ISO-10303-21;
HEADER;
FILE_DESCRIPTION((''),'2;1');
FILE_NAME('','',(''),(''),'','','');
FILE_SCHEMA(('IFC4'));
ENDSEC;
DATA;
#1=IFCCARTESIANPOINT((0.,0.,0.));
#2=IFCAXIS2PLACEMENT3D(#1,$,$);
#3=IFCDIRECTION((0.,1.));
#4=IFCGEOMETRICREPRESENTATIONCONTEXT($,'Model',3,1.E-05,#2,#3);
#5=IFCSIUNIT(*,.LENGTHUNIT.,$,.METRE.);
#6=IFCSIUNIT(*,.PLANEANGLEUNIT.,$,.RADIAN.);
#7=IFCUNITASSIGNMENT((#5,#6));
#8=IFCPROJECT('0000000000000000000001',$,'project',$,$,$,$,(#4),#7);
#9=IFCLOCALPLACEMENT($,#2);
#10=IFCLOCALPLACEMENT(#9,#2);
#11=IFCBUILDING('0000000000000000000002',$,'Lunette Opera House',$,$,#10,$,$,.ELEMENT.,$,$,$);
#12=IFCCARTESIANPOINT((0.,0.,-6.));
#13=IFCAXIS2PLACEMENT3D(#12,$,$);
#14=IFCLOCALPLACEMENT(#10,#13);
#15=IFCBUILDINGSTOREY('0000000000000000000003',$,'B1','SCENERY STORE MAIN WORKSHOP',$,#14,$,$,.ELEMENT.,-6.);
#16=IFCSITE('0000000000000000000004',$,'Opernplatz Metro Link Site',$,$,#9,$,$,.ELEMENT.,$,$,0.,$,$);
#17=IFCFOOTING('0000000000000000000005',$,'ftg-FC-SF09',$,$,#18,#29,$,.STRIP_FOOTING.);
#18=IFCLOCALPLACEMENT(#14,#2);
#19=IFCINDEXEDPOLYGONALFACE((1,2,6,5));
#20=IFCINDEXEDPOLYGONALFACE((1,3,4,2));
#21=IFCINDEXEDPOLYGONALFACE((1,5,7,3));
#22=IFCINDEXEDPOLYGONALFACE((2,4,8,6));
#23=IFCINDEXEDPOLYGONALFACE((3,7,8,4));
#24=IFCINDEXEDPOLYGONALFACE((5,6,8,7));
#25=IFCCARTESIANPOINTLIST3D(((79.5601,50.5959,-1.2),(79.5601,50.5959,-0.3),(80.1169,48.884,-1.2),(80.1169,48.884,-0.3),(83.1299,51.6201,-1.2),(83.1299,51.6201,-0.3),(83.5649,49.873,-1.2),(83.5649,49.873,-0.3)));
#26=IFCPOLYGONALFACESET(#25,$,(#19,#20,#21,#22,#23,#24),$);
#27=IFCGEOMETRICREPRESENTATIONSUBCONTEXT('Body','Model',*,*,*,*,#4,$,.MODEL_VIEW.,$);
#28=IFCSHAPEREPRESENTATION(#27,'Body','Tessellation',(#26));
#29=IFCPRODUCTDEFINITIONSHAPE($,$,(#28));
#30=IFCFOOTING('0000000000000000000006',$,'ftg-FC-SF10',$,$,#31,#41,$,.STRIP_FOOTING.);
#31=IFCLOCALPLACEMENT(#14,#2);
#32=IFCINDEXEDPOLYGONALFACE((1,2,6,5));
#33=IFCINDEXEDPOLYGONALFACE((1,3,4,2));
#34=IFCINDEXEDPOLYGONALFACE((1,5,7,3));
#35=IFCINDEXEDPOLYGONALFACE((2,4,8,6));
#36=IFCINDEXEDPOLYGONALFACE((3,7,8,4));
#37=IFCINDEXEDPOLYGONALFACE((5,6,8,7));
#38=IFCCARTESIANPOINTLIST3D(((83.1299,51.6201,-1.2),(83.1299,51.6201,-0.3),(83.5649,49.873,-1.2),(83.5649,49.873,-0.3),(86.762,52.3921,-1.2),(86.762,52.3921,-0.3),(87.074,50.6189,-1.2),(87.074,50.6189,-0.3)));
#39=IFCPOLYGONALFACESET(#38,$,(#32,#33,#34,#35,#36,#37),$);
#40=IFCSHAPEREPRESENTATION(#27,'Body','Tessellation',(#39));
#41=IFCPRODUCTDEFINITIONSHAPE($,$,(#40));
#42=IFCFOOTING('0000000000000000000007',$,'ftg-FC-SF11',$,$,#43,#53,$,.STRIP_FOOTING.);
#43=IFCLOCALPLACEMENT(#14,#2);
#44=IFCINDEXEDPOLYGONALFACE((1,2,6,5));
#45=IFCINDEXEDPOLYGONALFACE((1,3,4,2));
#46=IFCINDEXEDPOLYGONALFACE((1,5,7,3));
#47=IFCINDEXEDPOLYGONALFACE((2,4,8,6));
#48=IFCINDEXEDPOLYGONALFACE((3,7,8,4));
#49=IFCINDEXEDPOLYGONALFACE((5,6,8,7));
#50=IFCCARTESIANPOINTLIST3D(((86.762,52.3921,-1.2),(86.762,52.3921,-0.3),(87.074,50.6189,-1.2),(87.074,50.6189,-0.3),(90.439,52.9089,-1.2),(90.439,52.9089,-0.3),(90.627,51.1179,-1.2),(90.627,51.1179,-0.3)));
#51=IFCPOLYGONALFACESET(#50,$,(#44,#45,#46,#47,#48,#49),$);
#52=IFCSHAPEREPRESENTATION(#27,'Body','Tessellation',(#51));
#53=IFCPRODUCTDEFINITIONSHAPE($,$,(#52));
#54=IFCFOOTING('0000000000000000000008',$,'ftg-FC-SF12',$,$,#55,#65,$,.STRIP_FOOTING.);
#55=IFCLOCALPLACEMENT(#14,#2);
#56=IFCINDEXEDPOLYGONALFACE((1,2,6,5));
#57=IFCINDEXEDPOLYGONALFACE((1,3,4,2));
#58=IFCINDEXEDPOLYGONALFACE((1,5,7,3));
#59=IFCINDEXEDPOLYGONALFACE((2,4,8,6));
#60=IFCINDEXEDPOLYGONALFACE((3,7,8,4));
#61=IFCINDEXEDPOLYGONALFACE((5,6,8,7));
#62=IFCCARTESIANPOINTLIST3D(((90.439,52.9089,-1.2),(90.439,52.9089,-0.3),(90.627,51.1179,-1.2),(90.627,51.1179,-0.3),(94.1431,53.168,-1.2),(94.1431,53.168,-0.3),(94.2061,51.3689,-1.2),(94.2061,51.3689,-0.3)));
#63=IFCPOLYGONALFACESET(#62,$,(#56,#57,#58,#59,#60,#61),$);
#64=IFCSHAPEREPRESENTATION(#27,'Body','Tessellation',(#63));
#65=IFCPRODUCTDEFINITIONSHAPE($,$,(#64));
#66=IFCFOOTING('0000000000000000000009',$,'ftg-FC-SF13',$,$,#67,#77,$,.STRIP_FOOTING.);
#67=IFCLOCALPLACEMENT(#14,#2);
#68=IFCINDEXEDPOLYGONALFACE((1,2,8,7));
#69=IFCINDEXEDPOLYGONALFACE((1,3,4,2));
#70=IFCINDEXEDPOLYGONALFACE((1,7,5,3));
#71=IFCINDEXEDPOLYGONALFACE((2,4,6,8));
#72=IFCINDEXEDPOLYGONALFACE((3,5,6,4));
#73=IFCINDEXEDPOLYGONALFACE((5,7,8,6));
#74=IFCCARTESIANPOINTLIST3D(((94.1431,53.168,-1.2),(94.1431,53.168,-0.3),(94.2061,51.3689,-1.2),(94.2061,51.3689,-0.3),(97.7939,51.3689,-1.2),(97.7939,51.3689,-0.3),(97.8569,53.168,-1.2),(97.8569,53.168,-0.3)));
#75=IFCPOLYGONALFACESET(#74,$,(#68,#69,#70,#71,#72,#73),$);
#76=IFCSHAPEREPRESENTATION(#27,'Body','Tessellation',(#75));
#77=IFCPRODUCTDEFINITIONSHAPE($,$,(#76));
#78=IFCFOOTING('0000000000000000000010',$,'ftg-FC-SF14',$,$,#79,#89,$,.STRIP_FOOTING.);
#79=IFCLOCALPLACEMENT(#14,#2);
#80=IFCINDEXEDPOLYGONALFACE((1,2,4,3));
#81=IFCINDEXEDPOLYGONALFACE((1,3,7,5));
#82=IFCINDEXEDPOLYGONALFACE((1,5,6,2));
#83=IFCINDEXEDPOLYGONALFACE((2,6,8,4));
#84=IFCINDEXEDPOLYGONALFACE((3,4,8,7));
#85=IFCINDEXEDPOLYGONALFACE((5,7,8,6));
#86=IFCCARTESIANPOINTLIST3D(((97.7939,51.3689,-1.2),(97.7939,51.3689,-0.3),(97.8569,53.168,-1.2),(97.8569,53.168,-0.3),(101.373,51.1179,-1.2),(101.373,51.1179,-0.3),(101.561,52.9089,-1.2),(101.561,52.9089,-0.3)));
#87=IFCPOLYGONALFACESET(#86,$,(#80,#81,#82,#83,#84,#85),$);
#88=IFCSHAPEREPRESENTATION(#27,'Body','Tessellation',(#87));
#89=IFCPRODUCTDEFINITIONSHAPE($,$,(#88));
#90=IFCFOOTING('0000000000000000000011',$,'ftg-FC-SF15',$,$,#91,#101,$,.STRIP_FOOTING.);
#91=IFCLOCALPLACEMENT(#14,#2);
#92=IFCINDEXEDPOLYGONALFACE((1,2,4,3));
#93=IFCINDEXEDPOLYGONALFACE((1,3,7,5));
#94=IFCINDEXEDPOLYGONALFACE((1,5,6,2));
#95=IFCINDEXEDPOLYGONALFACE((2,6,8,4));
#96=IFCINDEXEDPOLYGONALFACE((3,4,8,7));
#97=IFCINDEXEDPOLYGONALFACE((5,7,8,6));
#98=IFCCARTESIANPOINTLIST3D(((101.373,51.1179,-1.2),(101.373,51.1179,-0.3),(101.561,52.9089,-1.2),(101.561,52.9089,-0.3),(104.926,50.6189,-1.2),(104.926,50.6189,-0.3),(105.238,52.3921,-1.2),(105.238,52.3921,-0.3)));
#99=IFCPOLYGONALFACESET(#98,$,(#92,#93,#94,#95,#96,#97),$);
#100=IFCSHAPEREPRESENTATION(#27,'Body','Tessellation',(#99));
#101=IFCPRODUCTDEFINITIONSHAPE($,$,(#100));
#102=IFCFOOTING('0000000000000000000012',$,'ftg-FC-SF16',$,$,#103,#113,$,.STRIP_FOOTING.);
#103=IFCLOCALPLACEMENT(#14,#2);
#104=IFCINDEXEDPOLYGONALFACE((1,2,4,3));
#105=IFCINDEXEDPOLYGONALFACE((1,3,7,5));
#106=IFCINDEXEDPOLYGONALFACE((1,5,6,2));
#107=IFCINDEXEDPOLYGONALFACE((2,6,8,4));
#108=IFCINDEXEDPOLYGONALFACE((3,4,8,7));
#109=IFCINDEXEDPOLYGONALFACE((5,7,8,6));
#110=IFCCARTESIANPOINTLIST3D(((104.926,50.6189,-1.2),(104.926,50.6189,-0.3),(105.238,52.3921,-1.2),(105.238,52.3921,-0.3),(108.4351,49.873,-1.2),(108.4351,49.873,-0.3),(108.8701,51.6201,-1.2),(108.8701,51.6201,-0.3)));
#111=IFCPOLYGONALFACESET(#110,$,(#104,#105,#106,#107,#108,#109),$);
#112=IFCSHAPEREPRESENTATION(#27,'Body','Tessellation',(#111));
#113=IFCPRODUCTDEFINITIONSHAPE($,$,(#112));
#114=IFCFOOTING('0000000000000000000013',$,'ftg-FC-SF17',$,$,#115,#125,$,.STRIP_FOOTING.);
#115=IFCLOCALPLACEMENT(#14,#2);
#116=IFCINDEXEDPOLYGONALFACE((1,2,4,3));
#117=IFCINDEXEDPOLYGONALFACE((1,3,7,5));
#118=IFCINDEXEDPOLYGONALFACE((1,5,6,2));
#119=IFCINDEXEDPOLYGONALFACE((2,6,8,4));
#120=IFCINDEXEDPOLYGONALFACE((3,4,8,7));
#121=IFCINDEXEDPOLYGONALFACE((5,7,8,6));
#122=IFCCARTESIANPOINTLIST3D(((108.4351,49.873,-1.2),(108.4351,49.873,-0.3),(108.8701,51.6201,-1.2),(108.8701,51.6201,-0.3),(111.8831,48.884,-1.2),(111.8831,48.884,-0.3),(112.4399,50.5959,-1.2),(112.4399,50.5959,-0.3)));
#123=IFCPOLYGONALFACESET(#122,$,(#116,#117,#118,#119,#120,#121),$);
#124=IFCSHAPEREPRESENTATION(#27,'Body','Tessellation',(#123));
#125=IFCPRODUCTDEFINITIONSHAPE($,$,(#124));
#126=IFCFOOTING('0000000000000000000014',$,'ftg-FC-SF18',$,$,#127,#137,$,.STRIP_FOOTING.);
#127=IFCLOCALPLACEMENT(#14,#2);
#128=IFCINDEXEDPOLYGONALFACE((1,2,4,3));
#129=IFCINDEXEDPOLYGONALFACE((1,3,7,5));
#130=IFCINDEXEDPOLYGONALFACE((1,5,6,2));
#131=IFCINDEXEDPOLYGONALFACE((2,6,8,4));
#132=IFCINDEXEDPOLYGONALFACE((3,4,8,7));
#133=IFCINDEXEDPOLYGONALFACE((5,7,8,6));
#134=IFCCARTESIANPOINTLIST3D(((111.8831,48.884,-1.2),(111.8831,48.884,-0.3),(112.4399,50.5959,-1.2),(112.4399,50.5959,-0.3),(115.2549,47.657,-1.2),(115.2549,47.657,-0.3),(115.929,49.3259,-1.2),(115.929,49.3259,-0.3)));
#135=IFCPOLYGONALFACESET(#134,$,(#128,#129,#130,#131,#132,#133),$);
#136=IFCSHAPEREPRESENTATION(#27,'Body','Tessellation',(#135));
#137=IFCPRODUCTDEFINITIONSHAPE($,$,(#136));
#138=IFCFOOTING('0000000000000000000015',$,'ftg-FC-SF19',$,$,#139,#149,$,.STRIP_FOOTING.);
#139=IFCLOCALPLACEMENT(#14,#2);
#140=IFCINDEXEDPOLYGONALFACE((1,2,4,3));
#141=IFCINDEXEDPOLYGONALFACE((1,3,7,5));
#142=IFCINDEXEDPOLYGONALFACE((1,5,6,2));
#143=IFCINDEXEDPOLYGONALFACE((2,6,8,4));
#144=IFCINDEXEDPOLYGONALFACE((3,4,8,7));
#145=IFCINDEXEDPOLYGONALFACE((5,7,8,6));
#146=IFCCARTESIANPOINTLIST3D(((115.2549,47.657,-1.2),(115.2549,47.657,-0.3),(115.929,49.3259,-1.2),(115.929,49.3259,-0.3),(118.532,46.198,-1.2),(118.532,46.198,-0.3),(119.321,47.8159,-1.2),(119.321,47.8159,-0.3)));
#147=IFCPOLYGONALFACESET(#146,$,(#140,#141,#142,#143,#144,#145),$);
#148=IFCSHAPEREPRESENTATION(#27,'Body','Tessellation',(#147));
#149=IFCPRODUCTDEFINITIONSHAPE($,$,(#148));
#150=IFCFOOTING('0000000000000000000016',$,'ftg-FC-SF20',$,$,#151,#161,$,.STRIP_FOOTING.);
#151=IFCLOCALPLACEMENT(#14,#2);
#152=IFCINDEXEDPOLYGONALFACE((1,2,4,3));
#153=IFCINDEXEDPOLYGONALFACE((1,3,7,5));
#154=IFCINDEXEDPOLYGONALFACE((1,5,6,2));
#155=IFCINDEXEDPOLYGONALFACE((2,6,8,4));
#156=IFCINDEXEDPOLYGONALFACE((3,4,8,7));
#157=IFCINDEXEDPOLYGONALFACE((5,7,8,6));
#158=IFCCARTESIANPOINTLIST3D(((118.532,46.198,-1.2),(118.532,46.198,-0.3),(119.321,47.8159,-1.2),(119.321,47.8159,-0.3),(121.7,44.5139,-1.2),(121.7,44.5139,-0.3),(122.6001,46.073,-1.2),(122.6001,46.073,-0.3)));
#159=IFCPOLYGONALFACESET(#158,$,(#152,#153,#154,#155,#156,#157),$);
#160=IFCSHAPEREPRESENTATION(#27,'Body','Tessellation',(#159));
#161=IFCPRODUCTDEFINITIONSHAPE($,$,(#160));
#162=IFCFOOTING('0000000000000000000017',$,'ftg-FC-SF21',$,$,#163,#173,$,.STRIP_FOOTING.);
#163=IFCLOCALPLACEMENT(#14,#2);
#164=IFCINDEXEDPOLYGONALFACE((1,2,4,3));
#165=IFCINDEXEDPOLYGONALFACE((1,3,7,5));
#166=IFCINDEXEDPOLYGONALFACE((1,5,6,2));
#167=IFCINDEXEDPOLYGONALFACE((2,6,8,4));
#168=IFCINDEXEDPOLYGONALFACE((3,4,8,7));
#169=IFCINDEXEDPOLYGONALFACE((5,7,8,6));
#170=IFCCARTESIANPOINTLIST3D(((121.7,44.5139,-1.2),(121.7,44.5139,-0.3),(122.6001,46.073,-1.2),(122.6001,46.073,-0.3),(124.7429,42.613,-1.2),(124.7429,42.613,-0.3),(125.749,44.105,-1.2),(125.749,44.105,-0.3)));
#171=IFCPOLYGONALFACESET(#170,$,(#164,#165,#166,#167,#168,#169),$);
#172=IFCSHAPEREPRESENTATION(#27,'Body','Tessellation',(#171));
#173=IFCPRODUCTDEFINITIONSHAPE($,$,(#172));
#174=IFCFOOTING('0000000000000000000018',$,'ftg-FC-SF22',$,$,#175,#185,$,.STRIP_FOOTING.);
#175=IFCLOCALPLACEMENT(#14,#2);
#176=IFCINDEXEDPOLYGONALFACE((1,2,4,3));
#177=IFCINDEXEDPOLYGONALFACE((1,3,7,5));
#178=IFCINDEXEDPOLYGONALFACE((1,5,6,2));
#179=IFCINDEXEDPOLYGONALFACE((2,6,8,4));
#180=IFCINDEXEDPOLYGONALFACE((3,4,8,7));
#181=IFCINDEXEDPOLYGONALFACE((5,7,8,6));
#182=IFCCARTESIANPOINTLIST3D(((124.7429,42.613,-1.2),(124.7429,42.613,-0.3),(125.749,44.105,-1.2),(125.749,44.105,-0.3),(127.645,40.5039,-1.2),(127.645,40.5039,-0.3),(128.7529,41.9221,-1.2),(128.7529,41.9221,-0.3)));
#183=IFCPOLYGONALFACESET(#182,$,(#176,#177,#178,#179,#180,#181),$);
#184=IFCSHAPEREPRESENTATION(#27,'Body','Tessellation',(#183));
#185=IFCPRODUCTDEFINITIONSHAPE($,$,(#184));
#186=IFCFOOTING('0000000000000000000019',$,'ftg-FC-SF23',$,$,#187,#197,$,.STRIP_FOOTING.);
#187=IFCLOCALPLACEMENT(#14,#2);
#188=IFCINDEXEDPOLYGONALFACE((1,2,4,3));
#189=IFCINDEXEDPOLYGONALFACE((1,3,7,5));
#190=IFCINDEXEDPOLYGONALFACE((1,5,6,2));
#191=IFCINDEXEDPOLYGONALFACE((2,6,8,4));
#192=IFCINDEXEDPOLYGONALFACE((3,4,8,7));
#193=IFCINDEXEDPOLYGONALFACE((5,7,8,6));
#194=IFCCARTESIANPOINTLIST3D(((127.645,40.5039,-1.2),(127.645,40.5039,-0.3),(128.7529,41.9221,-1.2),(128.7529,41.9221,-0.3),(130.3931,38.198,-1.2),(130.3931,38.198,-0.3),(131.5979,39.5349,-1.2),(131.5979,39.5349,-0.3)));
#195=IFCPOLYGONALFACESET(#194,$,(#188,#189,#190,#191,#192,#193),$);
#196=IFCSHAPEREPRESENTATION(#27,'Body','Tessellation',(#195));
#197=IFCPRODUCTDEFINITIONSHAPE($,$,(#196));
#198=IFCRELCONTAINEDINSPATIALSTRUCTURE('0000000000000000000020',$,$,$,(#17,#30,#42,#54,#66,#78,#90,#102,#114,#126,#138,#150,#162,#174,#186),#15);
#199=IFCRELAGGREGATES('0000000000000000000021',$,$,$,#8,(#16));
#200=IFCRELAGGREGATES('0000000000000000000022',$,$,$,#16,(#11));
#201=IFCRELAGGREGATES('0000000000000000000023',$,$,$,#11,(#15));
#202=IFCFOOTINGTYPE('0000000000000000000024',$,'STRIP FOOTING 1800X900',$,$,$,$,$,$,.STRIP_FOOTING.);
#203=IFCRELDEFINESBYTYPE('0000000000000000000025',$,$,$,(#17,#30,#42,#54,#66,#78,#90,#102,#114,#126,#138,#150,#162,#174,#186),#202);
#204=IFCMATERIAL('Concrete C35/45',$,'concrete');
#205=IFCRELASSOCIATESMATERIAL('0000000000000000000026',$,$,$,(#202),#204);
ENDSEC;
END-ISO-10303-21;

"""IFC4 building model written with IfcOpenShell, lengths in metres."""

from ifc_helpers import new_model, si_unit, direction, frame, origin, place, context, subcontext, project, spatial, polyline, outline, extrude, material, type_object, element, save


model = new_model("IFC4")

# Units and contexts
model_context = context("Model", 3, precision=1e-05, world=origin(), true_north=direction((0.0, 1.0)))
body_context = subcontext(model_context, "Body", "Model", "MODEL_VIEW")
ifc_project = project(units=[si_unit("LENGTHUNIT", "METRE"), si_unit("PLANEANGLEUNIT", "RADIAN")], contexts=[model_context])

# Site, building, storey
site_placement = place(None, origin())
site = spatial("IfcSite", under=ifc_project, at=site_placement, Name="Opernplatz Metro Link Site", CompositionType="ELEMENT", RefElevation=0.0)
building_placement = place(site_placement, origin())
building = spatial("IfcBuilding", under=site, at=building_placement, Name="Lunette Opera House", CompositionType="ELEMENT")
storey_placement = place(building_placement, frame((0.0, 0.0, -6.0)))
storey = spatial("IfcBuildingStorey", under=building, at=storey_placement, Name="B1", Description="SCENERY STORE MAIN WORKSHOP", CompositionType="ELEMENT", Elevation=-6.0)

# Footings
ifc_material_1 = material(Name="Concrete C35/45", Category="concrete")
footing_type_1 = type_object("IfcFootingType", Name="STRIP FOOTING 1800X900", PredefinedType="STRIP_FOOTING", material=ifc_material_1)
footing_1_placement = place(storey_placement, frame((0.0, 0.0, -1.2)))
element("IfcFooting", 1, at=footing_1_placement, inside=storey, type_object=footing_type_1, Name="ftg-FC-SF09", PredefinedType="STRIP_FOOTING", context=body_context, shape_type="SweptSolid", body=[
    extrude(outline(polyline([(80.1169, 48.884), (83.5649, 49.873), (83.1299, 51.6201), (79.5601, 50.5959), (80.1169, 48.884)])), origin(), (0.0, 0.0, 1.0), 0.8999),
])
footing_2_placement = place(storey_placement, frame((0.0, 0.0, -1.2)))
element("IfcFooting", 2, at=footing_2_placement, inside=storey, type_object=footing_type_1, Name="ftg-FC-SF10", PredefinedType="STRIP_FOOTING", context=body_context, shape_type="SweptSolid", body=[
    extrude(outline(polyline([(83.5649, 49.873), (87.074, 50.6189), (86.762, 52.3921), (83.1299, 51.6201), (83.5649, 49.873)])), origin(), (0.0, 0.0, 1.0), 0.8999),
])
footing_3_placement = place(storey_placement, frame((0.0, 0.0, -1.2)))
element("IfcFooting", 3, at=footing_3_placement, inside=storey, type_object=footing_type_1, Name="ftg-FC-SF11", PredefinedType="STRIP_FOOTING", context=body_context, shape_type="SweptSolid", body=[
    extrude(outline(polyline([(87.074, 50.6189), (90.627, 51.1179), (90.439, 52.9089), (86.762, 52.3921), (87.074, 50.6189)])), origin(), (0.0, 0.0, 1.0), 0.8999),
])
footing_4_placement = place(storey_placement, frame((0.0, 0.0, -1.2)))
element("IfcFooting", 4, at=footing_4_placement, inside=storey, type_object=footing_type_1, Name="ftg-FC-SF12", PredefinedType="STRIP_FOOTING", context=body_context, shape_type="SweptSolid", body=[
    extrude(outline(polyline([(90.627, 51.1179), (94.2061, 51.3689), (94.1431, 53.168), (90.439, 52.9089), (90.627, 51.1179)])), origin(), (0.0, 0.0, 1.0), 0.8999),
])
footing_5_placement = place(storey_placement, frame((0.0, 0.0, -1.2)))
element("IfcFooting", 5, at=footing_5_placement, inside=storey, type_object=footing_type_1, Name="ftg-FC-SF13", PredefinedType="STRIP_FOOTING", context=body_context, shape_type="SweptSolid", body=[
    extrude(outline(polyline([(94.2061, 51.3689), (97.7939, 51.3689), (97.8569, 53.168), (94.1431, 53.168), (94.2061, 51.3689)])), origin(), (0.0, 0.0, 1.0), 0.8999),
])
footing_6_placement = place(storey_placement, frame((0.0, 0.0, -1.2)))
element("IfcFooting", 6, at=footing_6_placement, inside=storey, type_object=footing_type_1, Name="ftg-FC-SF14", PredefinedType="STRIP_FOOTING", context=body_context, shape_type="SweptSolid", body=[
    extrude(outline(polyline([(97.7939, 51.3689), (101.373, 51.1179), (101.561, 52.9089), (97.8569, 53.168), (97.7939, 51.3689)])), origin(), (0.0, 0.0, 1.0), 0.8999),
])
footing_7_placement = place(storey_placement, frame((0.0, 0.0, -1.2)))
element("IfcFooting", 7, at=footing_7_placement, inside=storey, type_object=footing_type_1, Name="ftg-FC-SF15", PredefinedType="STRIP_FOOTING", context=body_context, shape_type="SweptSolid", body=[
    extrude(outline(polyline([(101.373, 51.1179), (104.926, 50.6189), (105.238, 52.3921), (101.561, 52.9089), (101.373, 51.1179)])), origin(), (0.0, 0.0, 1.0), 0.8999),
])
footing_8_placement = place(storey_placement, frame((0.0, 0.0, -1.2)))
element("IfcFooting", 8, at=footing_8_placement, inside=storey, type_object=footing_type_1, Name="ftg-FC-SF16", PredefinedType="STRIP_FOOTING", context=body_context, shape_type="SweptSolid", body=[
    extrude(outline(polyline([(104.926, 50.6189), (108.4351, 49.873), (108.8701, 51.6201), (105.238, 52.3921), (104.926, 50.6189)])), origin(), (0.0, 0.0, 1.0), 0.8999),
])
footing_9_placement = place(storey_placement, frame((0.0, 0.0, -1.2)))
element("IfcFooting", 9, at=footing_9_placement, inside=storey, type_object=footing_type_1, Name="ftg-FC-SF17", PredefinedType="STRIP_FOOTING", context=body_context, shape_type="SweptSolid", body=[
    extrude(outline(polyline([(108.4351, 49.873), (111.8831, 48.884), (112.4399, 50.5959), (108.8701, 51.6201), (108.4351, 49.873)])), origin(), (0.0, 0.0, 1.0), 0.8999),
])
footing_10_placement = place(storey_placement, frame((0.0, 0.0, -1.2)))
element("IfcFooting", 10, at=footing_10_placement, inside=storey, type_object=footing_type_1, Name="ftg-FC-SF18", PredefinedType="STRIP_FOOTING", context=body_context, shape_type="SweptSolid", body=[
    extrude(outline(polyline([(111.8831, 48.884), (115.2549, 47.657), (115.929, 49.3259), (112.4399, 50.5959), (111.8831, 48.884)])), origin(), (0.0, 0.0, 1.0), 0.8999),
])
footing_11_placement = place(storey_placement, frame((0.0, 0.0, -1.2)))
element("IfcFooting", 11, at=footing_11_placement, inside=storey, type_object=footing_type_1, Name="ftg-FC-SF19", PredefinedType="STRIP_FOOTING", context=body_context, shape_type="SweptSolid", body=[
    extrude(outline(polyline([(115.2549, 47.657), (118.532, 46.198), (119.321, 47.8159), (115.929, 49.3259), (115.2549, 47.657)])), origin(), (0.0, 0.0, 1.0), 0.8999),
])
footing_12_placement = place(storey_placement, frame((0.0, 0.0, -1.2)))
element("IfcFooting", 12, at=footing_12_placement, inside=storey, type_object=footing_type_1, Name="ftg-FC-SF20", PredefinedType="STRIP_FOOTING", context=body_context, shape_type="SweptSolid", body=[
    extrude(outline(polyline([(118.532, 46.198), (121.7, 44.5139), (122.6001, 46.073), (119.321, 47.8159), (118.532, 46.198)])), origin(), (0.0, 0.0, 1.0), 0.8999),
])
footing_13_placement = place(storey_placement, frame((0.0, 0.0, -1.2)))
element("IfcFooting", 13, at=footing_13_placement, inside=storey, type_object=footing_type_1, Name="ftg-FC-SF21", PredefinedType="STRIP_FOOTING", context=body_context, shape_type="SweptSolid", body=[
    extrude(outline(polyline([(121.7, 44.5139), (124.7429, 42.613), (125.749, 44.105), (122.6001, 46.073), (121.7, 44.5139)])), origin(), (0.0, 0.0, 1.0), 0.8999),
])
footing_14_placement = place(storey_placement, frame((0.0, 0.0, -1.2)))
element("IfcFooting", 14, at=footing_14_placement, inside=storey, type_object=footing_type_1, Name="ftg-FC-SF22", PredefinedType="STRIP_FOOTING", context=body_context, shape_type="SweptSolid", body=[
    extrude(outline(polyline([(124.7429, 42.613), (127.645, 40.5039), (128.7529, 41.9221), (125.749, 44.105), (124.7429, 42.613)])), origin(), (0.0, 0.0, 1.0), 0.8999),
])
footing_15_placement = place(storey_placement, frame((0.0, 0.0, -1.2)))
element("IfcFooting", 15, at=footing_15_placement, inside=storey, type_object=footing_type_1, Name="ftg-FC-SF23", PredefinedType="STRIP_FOOTING", context=body_context, shape_type="SweptSolid", body=[
    extrude(outline(polyline([(127.645, 40.5039), (130.3931, 38.198), (131.5979, 39.5349), (128.7529, 41.9221), (127.645, 40.5039)])), origin(), (0.0, 0.0, 1.0), 0.8999),
])

save(model, "model.ifc")
